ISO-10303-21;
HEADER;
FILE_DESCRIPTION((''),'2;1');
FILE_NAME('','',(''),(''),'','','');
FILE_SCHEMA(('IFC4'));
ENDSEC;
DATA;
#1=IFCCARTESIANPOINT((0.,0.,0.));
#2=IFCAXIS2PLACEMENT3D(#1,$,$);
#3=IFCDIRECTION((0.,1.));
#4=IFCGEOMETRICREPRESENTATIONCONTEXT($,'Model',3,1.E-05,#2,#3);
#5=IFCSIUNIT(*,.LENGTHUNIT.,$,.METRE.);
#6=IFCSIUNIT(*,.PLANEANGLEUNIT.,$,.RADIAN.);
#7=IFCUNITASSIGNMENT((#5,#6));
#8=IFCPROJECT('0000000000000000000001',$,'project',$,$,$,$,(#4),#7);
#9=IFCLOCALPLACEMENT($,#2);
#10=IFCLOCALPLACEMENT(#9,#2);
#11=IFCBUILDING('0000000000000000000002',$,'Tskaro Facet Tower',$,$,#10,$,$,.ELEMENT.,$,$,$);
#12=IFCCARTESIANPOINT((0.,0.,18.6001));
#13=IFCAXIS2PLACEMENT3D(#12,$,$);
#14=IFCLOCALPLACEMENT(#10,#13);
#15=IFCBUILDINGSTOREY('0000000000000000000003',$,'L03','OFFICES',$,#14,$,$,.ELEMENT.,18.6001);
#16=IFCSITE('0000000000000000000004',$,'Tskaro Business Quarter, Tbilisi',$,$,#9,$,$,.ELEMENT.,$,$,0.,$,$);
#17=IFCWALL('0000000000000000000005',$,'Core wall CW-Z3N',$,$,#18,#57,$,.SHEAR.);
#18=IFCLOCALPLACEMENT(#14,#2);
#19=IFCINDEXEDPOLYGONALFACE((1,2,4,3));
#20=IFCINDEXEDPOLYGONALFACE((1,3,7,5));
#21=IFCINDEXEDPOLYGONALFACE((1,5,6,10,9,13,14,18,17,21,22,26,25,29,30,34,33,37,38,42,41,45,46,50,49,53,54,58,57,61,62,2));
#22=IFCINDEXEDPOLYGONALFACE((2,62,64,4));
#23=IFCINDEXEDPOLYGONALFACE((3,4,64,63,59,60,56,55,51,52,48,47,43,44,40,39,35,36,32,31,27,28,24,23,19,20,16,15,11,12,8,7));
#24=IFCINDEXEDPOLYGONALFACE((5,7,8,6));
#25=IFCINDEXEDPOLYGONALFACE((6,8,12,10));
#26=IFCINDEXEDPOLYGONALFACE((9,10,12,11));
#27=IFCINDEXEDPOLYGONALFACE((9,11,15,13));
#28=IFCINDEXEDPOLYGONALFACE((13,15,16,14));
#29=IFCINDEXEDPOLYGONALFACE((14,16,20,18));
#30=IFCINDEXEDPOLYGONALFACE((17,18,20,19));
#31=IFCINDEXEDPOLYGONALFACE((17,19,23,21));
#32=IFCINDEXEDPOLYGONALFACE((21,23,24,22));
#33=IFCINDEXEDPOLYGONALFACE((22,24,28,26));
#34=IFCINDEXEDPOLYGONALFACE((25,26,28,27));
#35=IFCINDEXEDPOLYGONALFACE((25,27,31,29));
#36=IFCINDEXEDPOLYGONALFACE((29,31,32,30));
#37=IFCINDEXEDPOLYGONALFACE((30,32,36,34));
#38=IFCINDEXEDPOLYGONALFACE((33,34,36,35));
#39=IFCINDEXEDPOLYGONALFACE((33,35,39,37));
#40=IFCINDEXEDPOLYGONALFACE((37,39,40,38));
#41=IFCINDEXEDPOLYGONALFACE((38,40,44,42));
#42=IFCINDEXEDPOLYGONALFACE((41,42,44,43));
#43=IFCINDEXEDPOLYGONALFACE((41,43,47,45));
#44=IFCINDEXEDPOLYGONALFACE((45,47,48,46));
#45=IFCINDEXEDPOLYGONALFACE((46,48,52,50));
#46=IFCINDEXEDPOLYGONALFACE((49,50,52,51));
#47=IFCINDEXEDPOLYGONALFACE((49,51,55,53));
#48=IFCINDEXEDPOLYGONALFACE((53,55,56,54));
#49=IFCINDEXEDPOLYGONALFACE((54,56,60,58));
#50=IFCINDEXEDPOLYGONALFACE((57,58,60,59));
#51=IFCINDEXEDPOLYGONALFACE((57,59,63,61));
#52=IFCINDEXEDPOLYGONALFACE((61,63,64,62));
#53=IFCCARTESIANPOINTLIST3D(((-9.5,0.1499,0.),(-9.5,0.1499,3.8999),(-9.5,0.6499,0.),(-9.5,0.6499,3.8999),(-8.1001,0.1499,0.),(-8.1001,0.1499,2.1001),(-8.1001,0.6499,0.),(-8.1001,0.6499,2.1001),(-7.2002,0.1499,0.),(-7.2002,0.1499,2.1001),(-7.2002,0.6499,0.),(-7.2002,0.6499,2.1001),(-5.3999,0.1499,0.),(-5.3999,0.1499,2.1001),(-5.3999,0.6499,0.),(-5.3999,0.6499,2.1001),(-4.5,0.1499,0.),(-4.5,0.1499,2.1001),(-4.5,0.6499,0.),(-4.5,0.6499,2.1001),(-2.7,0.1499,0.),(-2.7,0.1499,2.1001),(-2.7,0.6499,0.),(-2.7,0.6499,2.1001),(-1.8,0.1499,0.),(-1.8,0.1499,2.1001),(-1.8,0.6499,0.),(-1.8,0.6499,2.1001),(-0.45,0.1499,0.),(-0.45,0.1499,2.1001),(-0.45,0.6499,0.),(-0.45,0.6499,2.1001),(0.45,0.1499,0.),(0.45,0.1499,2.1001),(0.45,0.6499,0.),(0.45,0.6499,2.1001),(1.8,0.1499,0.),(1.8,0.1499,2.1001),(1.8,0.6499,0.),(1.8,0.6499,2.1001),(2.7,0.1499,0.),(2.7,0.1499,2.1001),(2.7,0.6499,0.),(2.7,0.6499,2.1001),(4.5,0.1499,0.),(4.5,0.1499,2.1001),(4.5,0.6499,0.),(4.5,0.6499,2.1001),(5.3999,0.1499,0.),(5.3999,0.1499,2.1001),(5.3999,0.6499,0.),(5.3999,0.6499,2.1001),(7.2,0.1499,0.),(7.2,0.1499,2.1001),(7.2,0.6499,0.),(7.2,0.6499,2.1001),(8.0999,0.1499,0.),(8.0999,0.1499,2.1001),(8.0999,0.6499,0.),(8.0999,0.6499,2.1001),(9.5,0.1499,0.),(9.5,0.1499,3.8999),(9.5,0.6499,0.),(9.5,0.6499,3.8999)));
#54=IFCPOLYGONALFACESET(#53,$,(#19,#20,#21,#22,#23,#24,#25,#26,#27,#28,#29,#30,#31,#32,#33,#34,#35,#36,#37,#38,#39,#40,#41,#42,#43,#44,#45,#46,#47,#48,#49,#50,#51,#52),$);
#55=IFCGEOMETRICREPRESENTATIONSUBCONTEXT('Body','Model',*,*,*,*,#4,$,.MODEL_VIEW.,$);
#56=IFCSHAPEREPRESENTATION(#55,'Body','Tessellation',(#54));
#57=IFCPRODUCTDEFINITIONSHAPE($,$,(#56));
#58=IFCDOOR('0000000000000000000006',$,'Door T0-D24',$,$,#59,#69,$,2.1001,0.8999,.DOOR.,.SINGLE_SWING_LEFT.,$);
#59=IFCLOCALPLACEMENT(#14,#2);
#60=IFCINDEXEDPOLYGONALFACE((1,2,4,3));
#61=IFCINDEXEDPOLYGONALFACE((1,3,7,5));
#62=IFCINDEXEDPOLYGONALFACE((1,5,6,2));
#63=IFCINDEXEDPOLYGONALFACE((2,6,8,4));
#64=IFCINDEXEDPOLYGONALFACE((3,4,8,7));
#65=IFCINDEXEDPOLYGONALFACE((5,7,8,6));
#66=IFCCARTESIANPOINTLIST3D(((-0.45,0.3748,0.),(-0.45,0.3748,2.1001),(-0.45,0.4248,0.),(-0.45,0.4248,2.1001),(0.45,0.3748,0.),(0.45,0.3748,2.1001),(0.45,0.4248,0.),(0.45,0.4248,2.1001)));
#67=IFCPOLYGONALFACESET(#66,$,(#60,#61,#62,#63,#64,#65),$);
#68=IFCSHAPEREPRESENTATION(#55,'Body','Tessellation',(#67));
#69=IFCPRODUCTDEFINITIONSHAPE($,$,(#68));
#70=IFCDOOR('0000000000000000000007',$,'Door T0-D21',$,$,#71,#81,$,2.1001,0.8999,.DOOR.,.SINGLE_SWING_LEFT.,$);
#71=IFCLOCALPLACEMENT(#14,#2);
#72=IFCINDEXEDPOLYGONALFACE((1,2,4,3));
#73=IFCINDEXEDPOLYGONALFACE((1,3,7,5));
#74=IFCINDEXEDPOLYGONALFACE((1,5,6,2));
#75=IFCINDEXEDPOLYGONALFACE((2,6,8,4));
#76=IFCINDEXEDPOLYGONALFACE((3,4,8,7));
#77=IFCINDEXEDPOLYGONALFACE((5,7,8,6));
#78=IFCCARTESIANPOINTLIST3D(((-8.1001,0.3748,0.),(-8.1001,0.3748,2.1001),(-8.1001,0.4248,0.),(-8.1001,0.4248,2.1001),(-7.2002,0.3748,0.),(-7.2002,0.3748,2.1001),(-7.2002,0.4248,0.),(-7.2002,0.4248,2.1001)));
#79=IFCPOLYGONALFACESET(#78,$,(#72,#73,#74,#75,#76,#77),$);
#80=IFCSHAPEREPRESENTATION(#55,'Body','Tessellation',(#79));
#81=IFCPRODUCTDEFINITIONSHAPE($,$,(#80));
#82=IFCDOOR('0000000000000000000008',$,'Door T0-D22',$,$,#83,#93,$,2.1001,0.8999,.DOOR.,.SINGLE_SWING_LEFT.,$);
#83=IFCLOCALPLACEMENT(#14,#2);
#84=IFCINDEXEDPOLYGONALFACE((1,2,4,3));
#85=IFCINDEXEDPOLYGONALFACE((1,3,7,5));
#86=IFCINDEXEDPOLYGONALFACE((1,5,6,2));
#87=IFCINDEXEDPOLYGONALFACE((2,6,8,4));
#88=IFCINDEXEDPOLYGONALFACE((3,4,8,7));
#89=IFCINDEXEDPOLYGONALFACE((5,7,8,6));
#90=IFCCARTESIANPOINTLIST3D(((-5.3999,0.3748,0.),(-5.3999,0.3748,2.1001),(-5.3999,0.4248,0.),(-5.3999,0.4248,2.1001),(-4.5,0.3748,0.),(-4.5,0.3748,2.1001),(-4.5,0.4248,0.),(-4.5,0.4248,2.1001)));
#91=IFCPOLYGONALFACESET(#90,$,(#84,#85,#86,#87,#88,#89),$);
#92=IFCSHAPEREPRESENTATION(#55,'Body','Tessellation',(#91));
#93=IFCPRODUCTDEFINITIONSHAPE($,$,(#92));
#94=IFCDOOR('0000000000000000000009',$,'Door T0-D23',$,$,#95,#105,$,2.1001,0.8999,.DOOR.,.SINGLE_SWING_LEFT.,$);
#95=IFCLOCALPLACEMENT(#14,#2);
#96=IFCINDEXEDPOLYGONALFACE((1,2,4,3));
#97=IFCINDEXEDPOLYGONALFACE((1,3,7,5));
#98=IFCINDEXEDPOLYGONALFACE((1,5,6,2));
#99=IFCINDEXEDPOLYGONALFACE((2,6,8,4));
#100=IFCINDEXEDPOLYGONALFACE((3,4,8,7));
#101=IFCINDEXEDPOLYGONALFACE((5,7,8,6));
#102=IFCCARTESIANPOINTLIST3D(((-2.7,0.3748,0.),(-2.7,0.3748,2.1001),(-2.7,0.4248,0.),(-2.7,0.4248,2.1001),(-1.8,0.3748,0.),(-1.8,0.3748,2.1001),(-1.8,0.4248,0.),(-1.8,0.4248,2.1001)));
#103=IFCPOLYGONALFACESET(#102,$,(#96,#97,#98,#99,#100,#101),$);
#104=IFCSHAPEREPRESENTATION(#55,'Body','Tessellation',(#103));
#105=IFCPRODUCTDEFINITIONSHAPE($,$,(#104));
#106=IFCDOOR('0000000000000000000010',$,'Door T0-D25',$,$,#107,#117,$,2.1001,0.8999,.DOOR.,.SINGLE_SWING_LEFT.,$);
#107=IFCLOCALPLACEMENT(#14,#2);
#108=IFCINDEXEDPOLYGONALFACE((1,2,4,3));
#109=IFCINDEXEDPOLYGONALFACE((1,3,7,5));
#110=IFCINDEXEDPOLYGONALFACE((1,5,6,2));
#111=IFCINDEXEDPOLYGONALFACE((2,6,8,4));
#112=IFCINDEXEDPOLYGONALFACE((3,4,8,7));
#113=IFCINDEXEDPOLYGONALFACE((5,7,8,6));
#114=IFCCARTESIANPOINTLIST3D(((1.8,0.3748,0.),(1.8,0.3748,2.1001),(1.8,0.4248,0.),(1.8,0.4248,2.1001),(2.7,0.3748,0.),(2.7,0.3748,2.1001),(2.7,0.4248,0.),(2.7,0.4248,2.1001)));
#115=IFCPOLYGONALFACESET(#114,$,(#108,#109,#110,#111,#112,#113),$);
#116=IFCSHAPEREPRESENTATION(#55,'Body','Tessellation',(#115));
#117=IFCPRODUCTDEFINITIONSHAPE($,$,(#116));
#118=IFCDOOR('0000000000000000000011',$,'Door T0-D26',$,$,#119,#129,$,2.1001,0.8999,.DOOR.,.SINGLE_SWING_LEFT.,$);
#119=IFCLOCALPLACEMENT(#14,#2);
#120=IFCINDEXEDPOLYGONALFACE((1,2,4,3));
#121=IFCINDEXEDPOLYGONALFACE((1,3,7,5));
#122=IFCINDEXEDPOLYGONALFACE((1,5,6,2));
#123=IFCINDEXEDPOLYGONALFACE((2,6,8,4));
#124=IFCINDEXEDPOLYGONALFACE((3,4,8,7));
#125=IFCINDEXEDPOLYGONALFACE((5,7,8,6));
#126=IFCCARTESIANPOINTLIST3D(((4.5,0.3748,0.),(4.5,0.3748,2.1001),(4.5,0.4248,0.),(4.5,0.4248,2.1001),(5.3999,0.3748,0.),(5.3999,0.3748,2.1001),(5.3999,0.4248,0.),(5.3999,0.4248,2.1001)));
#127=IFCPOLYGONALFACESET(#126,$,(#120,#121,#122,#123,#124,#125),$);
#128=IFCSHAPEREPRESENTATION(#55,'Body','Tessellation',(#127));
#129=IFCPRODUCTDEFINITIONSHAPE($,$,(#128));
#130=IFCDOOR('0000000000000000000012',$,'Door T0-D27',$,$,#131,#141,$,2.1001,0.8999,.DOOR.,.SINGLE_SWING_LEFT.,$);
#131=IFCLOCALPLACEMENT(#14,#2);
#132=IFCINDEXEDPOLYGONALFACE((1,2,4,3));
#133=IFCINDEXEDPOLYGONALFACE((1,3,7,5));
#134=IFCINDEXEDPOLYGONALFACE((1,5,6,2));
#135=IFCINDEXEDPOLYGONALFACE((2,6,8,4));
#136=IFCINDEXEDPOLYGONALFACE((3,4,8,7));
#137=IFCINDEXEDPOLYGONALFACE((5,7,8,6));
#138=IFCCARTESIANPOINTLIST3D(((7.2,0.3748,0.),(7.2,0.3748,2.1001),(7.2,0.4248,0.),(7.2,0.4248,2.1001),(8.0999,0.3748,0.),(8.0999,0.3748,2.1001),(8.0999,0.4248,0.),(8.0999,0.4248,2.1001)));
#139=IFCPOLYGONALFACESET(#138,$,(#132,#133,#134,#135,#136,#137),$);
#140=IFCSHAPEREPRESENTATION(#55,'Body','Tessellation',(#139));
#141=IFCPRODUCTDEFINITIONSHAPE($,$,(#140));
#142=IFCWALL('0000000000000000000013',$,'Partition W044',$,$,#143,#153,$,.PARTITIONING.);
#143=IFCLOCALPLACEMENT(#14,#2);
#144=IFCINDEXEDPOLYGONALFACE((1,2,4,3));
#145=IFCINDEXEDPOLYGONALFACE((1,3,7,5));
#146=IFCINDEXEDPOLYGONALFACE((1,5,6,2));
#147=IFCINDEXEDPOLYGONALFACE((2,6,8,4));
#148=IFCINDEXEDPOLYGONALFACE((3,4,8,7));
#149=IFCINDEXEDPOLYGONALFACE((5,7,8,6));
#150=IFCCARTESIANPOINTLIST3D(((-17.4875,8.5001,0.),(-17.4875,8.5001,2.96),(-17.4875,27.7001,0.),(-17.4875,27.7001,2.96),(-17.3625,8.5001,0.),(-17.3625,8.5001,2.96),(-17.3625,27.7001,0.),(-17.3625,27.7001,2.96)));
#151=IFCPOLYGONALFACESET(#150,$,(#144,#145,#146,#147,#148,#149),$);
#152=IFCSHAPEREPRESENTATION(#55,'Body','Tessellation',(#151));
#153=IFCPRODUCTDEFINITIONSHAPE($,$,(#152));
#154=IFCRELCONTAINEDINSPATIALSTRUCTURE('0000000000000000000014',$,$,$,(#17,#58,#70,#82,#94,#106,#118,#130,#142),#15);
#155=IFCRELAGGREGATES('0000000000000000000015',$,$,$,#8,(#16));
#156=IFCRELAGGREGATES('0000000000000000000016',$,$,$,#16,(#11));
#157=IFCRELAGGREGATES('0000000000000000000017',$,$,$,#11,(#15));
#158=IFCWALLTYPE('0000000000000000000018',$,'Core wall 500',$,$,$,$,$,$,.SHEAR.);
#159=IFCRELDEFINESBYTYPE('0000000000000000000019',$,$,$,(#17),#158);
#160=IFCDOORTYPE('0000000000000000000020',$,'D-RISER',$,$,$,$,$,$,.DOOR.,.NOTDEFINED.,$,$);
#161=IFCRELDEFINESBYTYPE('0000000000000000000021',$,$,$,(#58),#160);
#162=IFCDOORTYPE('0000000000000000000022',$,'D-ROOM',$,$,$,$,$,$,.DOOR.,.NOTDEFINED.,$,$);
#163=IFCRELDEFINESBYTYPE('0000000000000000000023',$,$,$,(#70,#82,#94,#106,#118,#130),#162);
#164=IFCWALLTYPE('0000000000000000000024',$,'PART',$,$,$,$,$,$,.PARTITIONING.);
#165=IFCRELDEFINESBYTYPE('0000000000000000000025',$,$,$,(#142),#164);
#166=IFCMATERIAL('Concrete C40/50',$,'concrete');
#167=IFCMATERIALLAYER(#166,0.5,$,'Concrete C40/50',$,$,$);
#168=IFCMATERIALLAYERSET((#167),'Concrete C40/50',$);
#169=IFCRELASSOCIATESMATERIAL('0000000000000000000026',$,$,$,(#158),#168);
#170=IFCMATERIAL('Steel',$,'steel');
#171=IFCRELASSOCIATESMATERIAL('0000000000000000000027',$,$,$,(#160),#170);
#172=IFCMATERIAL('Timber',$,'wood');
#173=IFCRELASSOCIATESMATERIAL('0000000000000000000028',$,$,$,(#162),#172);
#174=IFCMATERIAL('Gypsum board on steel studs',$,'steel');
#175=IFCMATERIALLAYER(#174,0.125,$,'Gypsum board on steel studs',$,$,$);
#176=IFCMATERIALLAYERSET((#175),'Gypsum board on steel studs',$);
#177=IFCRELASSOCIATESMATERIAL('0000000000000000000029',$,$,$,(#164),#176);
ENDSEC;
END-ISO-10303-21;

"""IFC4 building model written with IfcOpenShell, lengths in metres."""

from ifc_helpers import new_model, si_unit, direction, frame, frame_2d, origin, place, context, subcontext, project, spatial, rectangle, extrude, material, layer, layer_set, type_object, element, fill, save


model = new_model("IFC4")

# Units and contexts
model_context = context("Model", 3, precision=1e-05, world=origin(), true_north=direction((0.0, 1.0)))
body_context = subcontext(model_context, "Body", "Model", "MODEL_VIEW")
ifc_project = project(units=[si_unit("LENGTHUNIT", "METRE"), si_unit("PLANEANGLEUNIT", "RADIAN")], contexts=[model_context])

# Site, building, storey
site_placement = place(None, origin())
site = spatial("IfcSite", under=ifc_project, at=site_placement, Name="Tskaro Business Quarter, Tbilisi", CompositionType="ELEMENT", RefElevation=0.0)
building_placement = place(site_placement, origin())
building = spatial("IfcBuilding", under=site, at=building_placement, Name="Tskaro Facet Tower", CompositionType="ELEMENT")
storey_placement = place(building_placement, frame((0.0, 0.0, 18.6001)))
storey = spatial("IfcBuildingStorey", under=building, at=storey_placement, Name="L03", Description="OFFICES", CompositionType="ELEMENT", Elevation=18.6001)

# Wall, openings, doors
ifc_material_1 = material(Name="Concrete C40/50", Category="concrete")
ifc_layer_1 = layer(ifc_material_1, 0.5, Name="Concrete C40/50")
ifc_layer_set_1 = layer_set([ifc_layer_1], Name="Concrete C40/50")
wall_type_1 = type_object("IfcWallType", Name="Core wall 500", PredefinedType="SHEAR", material=ifc_layer_set_1)
wall_1_placement = place(storey_placement, frame((-9.5, 0.3999, 0.0), z_axis=(0.0, 0.0, 1.0), x_axis=(1.0, 0.0, 0.0)))
wall_1 = element("IfcWall", 1, at=wall_1_placement, inside=storey, type_object=wall_type_1, Name="Core wall CW-Z3N", PredefinedType="SHEAR", context=body_context, shape_type="SweptSolid", body=[
    extrude(rectangle(XDim=19.0, YDim=0.5, at=frame_2d((9.5, 0.0))), origin(), (0.0, 0.0, 1.0), 3.8999),
])
opening_1_placement = place(wall_1_placement, frame((1.3999, 0.0, 0.0)))
opening_1 = element("IfcOpeningElement", 2, at=opening_1_placement, cuts=wall_1, PredefinedType="OPENING", context=body_context, shape_type="SweptSolid", body=[
    extrude(rectangle(XDim=0.8999, YDim=2.1001, at=frame_2d((0.45, 1.05))), frame((0.0, 0.26, 0.0), z_axis=(0.0, -1.0, 0.0), x_axis=(1.0, 0.0, 0.0)), (0.0, 0.0, 1.0), 0.52),
])
opening_2_placement = place(wall_1_placement, frame((4.1001, 0.0, 0.0)))
opening_2 = element("IfcOpeningElement", 3, at=opening_2_placement, cuts=wall_1, PredefinedType="OPENING", context=body_context, shape_type="SweptSolid", body=[
    extrude(rectangle(XDim=0.8999, YDim=2.1001, at=frame_2d((0.45, 1.05))), frame((0.0, 0.26, 0.0), z_axis=(0.0, -1.0, 0.0), x_axis=(1.0, 0.0, 0.0)), (0.0, 0.0, 1.0), 0.52),
])
opening_3_placement = place(wall_1_placement, frame((6.8, 0.0, 0.0)))
opening_3 = element("IfcOpeningElement", 4, at=opening_3_placement, cuts=wall_1, PredefinedType="OPENING", context=body_context, shape_type="SweptSolid", body=[
    extrude(rectangle(XDim=0.8999, YDim=2.1001, at=frame_2d((0.45, 1.05))), frame((0.0, 0.26, 0.0), z_axis=(0.0, -1.0, 0.0), x_axis=(1.0, 0.0, 0.0)), (0.0, 0.0, 1.0), 0.52),
])
opening_4_placement = place(wall_1_placement, frame((11.3, 0.0, 0.0)))
opening_4 = element("IfcOpeningElement", 5, at=opening_4_placement, cuts=wall_1, PredefinedType="OPENING", context=body_context, shape_type="SweptSolid", body=[
    extrude(rectangle(XDim=0.8999, YDim=2.1001, at=frame_2d((0.45, 1.05))), frame((0.0, 0.26, 0.0), z_axis=(0.0, -1.0, 0.0), x_axis=(1.0, 0.0, 0.0)), (0.0, 0.0, 1.0), 0.52),
])
opening_5_placement = place(wall_1_placement, frame((14.0, 0.0, 0.0)))
opening_5 = element("IfcOpeningElement", 6, at=opening_5_placement, cuts=wall_1, PredefinedType="OPENING", context=body_context, shape_type="SweptSolid", body=[
    extrude(rectangle(XDim=0.8999, YDim=2.1001, at=frame_2d((0.45, 1.05))), frame((0.0, 0.26, 0.0), z_axis=(0.0, -1.0, 0.0), x_axis=(1.0, 0.0, 0.0)), (0.0, 0.0, 1.0), 0.52),
])
opening_6_placement = place(wall_1_placement, frame((16.7, 0.0, 0.0)))
opening_6 = element("IfcOpeningElement", 7, at=opening_6_placement, cuts=wall_1, PredefinedType="OPENING", context=body_context, shape_type="SweptSolid", body=[
    extrude(rectangle(XDim=0.8999, YDim=2.1001, at=frame_2d((0.45, 1.05))), frame((0.0, 0.26, 0.0), z_axis=(0.0, -1.0, 0.0), x_axis=(1.0, 0.0, 0.0)), (0.0, 0.0, 1.0), 0.52),
])
opening_7_placement = place(wall_1_placement, frame((9.05, 0.0, 0.0)))
opening_7 = element("IfcOpeningElement", 8, at=opening_7_placement, cuts=wall_1, PredefinedType="OPENING", context=body_context, shape_type="SweptSolid", body=[
    extrude(rectangle(XDim=0.8999, YDim=2.1001, at=frame_2d((0.45, 1.05))), frame((0.0, 0.26, 0.0), z_axis=(0.0, -1.0, 0.0), x_axis=(1.0, 0.0, 0.0)), (0.0, 0.0, 1.0), 0.52),
])
ifc_material_2 = material(Name="Steel", Category="steel")
door_type_1 = type_object("IfcDoorType", Name="D-RISER", OperationType="NOTDEFINED", PredefinedType="DOOR", material=ifc_material_2)
door_1_placement = place(opening_7_placement, origin())
door_1 = element("IfcDoor", 9, at=door_1_placement, inside=storey, type_object=door_type_1, Name="Door T0-D24", OperationType="SINGLE_SWING_LEFT", OverallHeight=2.1001, OverallWidth=0.8999, PredefinedType="DOOR", context=body_context, shape_type="SweptSolid", body=[
    extrude(rectangle(XDim=0.8999, YDim=2.1001, at=frame_2d((0.45, 1.05))), frame((0.0, 0.0249, 0.0), z_axis=(0.0, -1.0, 0.0), x_axis=(1.0, 0.0, 0.0)), (0.0, 0.0, 1.0), 0.05),
])
fill(opening_7, door_1)
ifc_material_3 = material(Name="Timber", Category="wood")
door_type_2 = type_object("IfcDoorType", Name="D-ROOM", OperationType="NOTDEFINED", PredefinedType="DOOR", material=ifc_material_3)
door_2_placement = place(opening_1_placement, origin())
door_2 = element("IfcDoor", 10, at=door_2_placement, inside=storey, type_object=door_type_2, Name="Door T0-D21", OperationType="SINGLE_SWING_LEFT", OverallHeight=2.1001, OverallWidth=0.8999, PredefinedType="DOOR", context=body_context, shape_type="SweptSolid", body=[
    extrude(rectangle(XDim=0.8999, YDim=2.1001, at=frame_2d((0.45, 1.05))), frame((0.0, 0.0249, 0.0), z_axis=(0.0, -1.0, 0.0), x_axis=(1.0, 0.0, 0.0)), (0.0, 0.0, 1.0), 0.05),
])
fill(opening_1, door_2)
door_3_placement = place(opening_2_placement, origin())
door_3 = element("IfcDoor", 11, at=door_3_placement, inside=storey, type_object=door_type_2, Name="Door T0-D22", OperationType="SINGLE_SWING_LEFT", OverallHeight=2.1001, OverallWidth=0.8999, PredefinedType="DOOR", context=body_context, shape_type="SweptSolid", body=[
    extrude(rectangle(XDim=0.8999, YDim=2.1001, at=frame_2d((0.45, 1.05))), frame((0.0, 0.0249, 0.0), z_axis=(0.0, -1.0, 0.0), x_axis=(1.0, 0.0, 0.0)), (0.0, 0.0, 1.0), 0.05),
])
fill(opening_2, door_3)
door_4_placement = place(opening_3_placement, origin())
door_4 = element("IfcDoor", 12, at=door_4_placement, inside=storey, type_object=door_type_2, Name="Door T0-D23", OperationType="SINGLE_SWING_LEFT", OverallHeight=2.1001, OverallWidth=0.8999, PredefinedType="DOOR", context=body_context, shape_type="SweptSolid", body=[
    extrude(rectangle(XDim=0.8999, YDim=2.1001, at=frame_2d((0.45, 1.05))), frame((0.0, 0.0249, 0.0), z_axis=(0.0, -1.0, 0.0), x_axis=(1.0, 0.0, 0.0)), (0.0, 0.0, 1.0), 0.05),
])
fill(opening_3, door_4)
door_5_placement = place(opening_4_placement, origin())
door_5 = element("IfcDoor", 13, at=door_5_placement, inside=storey, type_object=door_type_2, Name="Door T0-D25", OperationType="SINGLE_SWING_LEFT", OverallHeight=2.1001, OverallWidth=0.8999, PredefinedType="DOOR", context=body_context, shape_type="SweptSolid", body=[
    extrude(rectangle(XDim=0.8999, YDim=2.1001, at=frame_2d((0.45, 1.05))), frame((0.0, 0.0249, 0.0), z_axis=(0.0, -1.0, 0.0), x_axis=(1.0, 0.0, 0.0)), (0.0, 0.0, 1.0), 0.05),
])
fill(opening_4, door_5)
door_6_placement = place(opening_5_placement, origin())
door_6 = element("IfcDoor", 14, at=door_6_placement, inside=storey, type_object=door_type_2, Name="Door T0-D26", OperationType="SINGLE_SWING_LEFT", OverallHeight=2.1001, OverallWidth=0.8999, PredefinedType="DOOR", context=body_context, shape_type="SweptSolid", body=[
    extrude(rectangle(XDim=0.8999, YDim=2.1001, at=frame_2d((0.45, 1.05))), frame((0.0, 0.0249, 0.0), z_axis=(0.0, -1.0, 0.0), x_axis=(1.0, 0.0, 0.0)), (0.0, 0.0, 1.0), 0.05),
])
fill(opening_5, door_6)
door_7_placement = place(opening_6_placement, origin())
door_7 = element("IfcDoor", 15, at=door_7_placement, inside=storey, type_object=door_type_2, Name="Door T0-D27", OperationType="SINGLE_SWING_LEFT", OverallHeight=2.1001, OverallWidth=0.8999, PredefinedType="DOOR", context=body_context, shape_type="SweptSolid", body=[
    extrude(rectangle(XDim=0.8999, YDim=2.1001, at=frame_2d((0.45, 1.05))), frame((0.0, 0.0249, 0.0), z_axis=(0.0, -1.0, 0.0), x_axis=(1.0, 0.0, 0.0)), (0.0, 0.0, 1.0), 0.05),
])
fill(opening_6, door_7)

# Wall
ifc_material_4 = material(Name="Gypsum board on steel studs", Category="steel")
ifc_layer_2 = layer(ifc_material_4, 0.125, Name="Gypsum board on steel studs")
ifc_layer_set_2 = layer_set([ifc_layer_2], Name="Gypsum board on steel studs")
wall_type_2 = type_object("IfcWallType", Name="PART", PredefinedType="PARTITIONING", material=ifc_layer_set_2)
wall_2_placement = place(storey_placement, frame((-17.425, 8.5, 0.0), z_axis=(0.0, 0.0, 1.0), x_axis=(0.0, 1.0, 0.0)))
element("IfcWall", 16, at=wall_2_placement, inside=storey, type_object=wall_type_2, Name="Partition W044", PredefinedType="PARTITIONING", context=body_context, shape_type="SweptSolid", body=[
    extrude(rectangle(XDim=19.2, YDim=0.125, at=frame_2d((9.6001, 0.0))), origin(), (0.0, 0.0, 1.0), 2.96),
])

save(model, "model.ifc")
